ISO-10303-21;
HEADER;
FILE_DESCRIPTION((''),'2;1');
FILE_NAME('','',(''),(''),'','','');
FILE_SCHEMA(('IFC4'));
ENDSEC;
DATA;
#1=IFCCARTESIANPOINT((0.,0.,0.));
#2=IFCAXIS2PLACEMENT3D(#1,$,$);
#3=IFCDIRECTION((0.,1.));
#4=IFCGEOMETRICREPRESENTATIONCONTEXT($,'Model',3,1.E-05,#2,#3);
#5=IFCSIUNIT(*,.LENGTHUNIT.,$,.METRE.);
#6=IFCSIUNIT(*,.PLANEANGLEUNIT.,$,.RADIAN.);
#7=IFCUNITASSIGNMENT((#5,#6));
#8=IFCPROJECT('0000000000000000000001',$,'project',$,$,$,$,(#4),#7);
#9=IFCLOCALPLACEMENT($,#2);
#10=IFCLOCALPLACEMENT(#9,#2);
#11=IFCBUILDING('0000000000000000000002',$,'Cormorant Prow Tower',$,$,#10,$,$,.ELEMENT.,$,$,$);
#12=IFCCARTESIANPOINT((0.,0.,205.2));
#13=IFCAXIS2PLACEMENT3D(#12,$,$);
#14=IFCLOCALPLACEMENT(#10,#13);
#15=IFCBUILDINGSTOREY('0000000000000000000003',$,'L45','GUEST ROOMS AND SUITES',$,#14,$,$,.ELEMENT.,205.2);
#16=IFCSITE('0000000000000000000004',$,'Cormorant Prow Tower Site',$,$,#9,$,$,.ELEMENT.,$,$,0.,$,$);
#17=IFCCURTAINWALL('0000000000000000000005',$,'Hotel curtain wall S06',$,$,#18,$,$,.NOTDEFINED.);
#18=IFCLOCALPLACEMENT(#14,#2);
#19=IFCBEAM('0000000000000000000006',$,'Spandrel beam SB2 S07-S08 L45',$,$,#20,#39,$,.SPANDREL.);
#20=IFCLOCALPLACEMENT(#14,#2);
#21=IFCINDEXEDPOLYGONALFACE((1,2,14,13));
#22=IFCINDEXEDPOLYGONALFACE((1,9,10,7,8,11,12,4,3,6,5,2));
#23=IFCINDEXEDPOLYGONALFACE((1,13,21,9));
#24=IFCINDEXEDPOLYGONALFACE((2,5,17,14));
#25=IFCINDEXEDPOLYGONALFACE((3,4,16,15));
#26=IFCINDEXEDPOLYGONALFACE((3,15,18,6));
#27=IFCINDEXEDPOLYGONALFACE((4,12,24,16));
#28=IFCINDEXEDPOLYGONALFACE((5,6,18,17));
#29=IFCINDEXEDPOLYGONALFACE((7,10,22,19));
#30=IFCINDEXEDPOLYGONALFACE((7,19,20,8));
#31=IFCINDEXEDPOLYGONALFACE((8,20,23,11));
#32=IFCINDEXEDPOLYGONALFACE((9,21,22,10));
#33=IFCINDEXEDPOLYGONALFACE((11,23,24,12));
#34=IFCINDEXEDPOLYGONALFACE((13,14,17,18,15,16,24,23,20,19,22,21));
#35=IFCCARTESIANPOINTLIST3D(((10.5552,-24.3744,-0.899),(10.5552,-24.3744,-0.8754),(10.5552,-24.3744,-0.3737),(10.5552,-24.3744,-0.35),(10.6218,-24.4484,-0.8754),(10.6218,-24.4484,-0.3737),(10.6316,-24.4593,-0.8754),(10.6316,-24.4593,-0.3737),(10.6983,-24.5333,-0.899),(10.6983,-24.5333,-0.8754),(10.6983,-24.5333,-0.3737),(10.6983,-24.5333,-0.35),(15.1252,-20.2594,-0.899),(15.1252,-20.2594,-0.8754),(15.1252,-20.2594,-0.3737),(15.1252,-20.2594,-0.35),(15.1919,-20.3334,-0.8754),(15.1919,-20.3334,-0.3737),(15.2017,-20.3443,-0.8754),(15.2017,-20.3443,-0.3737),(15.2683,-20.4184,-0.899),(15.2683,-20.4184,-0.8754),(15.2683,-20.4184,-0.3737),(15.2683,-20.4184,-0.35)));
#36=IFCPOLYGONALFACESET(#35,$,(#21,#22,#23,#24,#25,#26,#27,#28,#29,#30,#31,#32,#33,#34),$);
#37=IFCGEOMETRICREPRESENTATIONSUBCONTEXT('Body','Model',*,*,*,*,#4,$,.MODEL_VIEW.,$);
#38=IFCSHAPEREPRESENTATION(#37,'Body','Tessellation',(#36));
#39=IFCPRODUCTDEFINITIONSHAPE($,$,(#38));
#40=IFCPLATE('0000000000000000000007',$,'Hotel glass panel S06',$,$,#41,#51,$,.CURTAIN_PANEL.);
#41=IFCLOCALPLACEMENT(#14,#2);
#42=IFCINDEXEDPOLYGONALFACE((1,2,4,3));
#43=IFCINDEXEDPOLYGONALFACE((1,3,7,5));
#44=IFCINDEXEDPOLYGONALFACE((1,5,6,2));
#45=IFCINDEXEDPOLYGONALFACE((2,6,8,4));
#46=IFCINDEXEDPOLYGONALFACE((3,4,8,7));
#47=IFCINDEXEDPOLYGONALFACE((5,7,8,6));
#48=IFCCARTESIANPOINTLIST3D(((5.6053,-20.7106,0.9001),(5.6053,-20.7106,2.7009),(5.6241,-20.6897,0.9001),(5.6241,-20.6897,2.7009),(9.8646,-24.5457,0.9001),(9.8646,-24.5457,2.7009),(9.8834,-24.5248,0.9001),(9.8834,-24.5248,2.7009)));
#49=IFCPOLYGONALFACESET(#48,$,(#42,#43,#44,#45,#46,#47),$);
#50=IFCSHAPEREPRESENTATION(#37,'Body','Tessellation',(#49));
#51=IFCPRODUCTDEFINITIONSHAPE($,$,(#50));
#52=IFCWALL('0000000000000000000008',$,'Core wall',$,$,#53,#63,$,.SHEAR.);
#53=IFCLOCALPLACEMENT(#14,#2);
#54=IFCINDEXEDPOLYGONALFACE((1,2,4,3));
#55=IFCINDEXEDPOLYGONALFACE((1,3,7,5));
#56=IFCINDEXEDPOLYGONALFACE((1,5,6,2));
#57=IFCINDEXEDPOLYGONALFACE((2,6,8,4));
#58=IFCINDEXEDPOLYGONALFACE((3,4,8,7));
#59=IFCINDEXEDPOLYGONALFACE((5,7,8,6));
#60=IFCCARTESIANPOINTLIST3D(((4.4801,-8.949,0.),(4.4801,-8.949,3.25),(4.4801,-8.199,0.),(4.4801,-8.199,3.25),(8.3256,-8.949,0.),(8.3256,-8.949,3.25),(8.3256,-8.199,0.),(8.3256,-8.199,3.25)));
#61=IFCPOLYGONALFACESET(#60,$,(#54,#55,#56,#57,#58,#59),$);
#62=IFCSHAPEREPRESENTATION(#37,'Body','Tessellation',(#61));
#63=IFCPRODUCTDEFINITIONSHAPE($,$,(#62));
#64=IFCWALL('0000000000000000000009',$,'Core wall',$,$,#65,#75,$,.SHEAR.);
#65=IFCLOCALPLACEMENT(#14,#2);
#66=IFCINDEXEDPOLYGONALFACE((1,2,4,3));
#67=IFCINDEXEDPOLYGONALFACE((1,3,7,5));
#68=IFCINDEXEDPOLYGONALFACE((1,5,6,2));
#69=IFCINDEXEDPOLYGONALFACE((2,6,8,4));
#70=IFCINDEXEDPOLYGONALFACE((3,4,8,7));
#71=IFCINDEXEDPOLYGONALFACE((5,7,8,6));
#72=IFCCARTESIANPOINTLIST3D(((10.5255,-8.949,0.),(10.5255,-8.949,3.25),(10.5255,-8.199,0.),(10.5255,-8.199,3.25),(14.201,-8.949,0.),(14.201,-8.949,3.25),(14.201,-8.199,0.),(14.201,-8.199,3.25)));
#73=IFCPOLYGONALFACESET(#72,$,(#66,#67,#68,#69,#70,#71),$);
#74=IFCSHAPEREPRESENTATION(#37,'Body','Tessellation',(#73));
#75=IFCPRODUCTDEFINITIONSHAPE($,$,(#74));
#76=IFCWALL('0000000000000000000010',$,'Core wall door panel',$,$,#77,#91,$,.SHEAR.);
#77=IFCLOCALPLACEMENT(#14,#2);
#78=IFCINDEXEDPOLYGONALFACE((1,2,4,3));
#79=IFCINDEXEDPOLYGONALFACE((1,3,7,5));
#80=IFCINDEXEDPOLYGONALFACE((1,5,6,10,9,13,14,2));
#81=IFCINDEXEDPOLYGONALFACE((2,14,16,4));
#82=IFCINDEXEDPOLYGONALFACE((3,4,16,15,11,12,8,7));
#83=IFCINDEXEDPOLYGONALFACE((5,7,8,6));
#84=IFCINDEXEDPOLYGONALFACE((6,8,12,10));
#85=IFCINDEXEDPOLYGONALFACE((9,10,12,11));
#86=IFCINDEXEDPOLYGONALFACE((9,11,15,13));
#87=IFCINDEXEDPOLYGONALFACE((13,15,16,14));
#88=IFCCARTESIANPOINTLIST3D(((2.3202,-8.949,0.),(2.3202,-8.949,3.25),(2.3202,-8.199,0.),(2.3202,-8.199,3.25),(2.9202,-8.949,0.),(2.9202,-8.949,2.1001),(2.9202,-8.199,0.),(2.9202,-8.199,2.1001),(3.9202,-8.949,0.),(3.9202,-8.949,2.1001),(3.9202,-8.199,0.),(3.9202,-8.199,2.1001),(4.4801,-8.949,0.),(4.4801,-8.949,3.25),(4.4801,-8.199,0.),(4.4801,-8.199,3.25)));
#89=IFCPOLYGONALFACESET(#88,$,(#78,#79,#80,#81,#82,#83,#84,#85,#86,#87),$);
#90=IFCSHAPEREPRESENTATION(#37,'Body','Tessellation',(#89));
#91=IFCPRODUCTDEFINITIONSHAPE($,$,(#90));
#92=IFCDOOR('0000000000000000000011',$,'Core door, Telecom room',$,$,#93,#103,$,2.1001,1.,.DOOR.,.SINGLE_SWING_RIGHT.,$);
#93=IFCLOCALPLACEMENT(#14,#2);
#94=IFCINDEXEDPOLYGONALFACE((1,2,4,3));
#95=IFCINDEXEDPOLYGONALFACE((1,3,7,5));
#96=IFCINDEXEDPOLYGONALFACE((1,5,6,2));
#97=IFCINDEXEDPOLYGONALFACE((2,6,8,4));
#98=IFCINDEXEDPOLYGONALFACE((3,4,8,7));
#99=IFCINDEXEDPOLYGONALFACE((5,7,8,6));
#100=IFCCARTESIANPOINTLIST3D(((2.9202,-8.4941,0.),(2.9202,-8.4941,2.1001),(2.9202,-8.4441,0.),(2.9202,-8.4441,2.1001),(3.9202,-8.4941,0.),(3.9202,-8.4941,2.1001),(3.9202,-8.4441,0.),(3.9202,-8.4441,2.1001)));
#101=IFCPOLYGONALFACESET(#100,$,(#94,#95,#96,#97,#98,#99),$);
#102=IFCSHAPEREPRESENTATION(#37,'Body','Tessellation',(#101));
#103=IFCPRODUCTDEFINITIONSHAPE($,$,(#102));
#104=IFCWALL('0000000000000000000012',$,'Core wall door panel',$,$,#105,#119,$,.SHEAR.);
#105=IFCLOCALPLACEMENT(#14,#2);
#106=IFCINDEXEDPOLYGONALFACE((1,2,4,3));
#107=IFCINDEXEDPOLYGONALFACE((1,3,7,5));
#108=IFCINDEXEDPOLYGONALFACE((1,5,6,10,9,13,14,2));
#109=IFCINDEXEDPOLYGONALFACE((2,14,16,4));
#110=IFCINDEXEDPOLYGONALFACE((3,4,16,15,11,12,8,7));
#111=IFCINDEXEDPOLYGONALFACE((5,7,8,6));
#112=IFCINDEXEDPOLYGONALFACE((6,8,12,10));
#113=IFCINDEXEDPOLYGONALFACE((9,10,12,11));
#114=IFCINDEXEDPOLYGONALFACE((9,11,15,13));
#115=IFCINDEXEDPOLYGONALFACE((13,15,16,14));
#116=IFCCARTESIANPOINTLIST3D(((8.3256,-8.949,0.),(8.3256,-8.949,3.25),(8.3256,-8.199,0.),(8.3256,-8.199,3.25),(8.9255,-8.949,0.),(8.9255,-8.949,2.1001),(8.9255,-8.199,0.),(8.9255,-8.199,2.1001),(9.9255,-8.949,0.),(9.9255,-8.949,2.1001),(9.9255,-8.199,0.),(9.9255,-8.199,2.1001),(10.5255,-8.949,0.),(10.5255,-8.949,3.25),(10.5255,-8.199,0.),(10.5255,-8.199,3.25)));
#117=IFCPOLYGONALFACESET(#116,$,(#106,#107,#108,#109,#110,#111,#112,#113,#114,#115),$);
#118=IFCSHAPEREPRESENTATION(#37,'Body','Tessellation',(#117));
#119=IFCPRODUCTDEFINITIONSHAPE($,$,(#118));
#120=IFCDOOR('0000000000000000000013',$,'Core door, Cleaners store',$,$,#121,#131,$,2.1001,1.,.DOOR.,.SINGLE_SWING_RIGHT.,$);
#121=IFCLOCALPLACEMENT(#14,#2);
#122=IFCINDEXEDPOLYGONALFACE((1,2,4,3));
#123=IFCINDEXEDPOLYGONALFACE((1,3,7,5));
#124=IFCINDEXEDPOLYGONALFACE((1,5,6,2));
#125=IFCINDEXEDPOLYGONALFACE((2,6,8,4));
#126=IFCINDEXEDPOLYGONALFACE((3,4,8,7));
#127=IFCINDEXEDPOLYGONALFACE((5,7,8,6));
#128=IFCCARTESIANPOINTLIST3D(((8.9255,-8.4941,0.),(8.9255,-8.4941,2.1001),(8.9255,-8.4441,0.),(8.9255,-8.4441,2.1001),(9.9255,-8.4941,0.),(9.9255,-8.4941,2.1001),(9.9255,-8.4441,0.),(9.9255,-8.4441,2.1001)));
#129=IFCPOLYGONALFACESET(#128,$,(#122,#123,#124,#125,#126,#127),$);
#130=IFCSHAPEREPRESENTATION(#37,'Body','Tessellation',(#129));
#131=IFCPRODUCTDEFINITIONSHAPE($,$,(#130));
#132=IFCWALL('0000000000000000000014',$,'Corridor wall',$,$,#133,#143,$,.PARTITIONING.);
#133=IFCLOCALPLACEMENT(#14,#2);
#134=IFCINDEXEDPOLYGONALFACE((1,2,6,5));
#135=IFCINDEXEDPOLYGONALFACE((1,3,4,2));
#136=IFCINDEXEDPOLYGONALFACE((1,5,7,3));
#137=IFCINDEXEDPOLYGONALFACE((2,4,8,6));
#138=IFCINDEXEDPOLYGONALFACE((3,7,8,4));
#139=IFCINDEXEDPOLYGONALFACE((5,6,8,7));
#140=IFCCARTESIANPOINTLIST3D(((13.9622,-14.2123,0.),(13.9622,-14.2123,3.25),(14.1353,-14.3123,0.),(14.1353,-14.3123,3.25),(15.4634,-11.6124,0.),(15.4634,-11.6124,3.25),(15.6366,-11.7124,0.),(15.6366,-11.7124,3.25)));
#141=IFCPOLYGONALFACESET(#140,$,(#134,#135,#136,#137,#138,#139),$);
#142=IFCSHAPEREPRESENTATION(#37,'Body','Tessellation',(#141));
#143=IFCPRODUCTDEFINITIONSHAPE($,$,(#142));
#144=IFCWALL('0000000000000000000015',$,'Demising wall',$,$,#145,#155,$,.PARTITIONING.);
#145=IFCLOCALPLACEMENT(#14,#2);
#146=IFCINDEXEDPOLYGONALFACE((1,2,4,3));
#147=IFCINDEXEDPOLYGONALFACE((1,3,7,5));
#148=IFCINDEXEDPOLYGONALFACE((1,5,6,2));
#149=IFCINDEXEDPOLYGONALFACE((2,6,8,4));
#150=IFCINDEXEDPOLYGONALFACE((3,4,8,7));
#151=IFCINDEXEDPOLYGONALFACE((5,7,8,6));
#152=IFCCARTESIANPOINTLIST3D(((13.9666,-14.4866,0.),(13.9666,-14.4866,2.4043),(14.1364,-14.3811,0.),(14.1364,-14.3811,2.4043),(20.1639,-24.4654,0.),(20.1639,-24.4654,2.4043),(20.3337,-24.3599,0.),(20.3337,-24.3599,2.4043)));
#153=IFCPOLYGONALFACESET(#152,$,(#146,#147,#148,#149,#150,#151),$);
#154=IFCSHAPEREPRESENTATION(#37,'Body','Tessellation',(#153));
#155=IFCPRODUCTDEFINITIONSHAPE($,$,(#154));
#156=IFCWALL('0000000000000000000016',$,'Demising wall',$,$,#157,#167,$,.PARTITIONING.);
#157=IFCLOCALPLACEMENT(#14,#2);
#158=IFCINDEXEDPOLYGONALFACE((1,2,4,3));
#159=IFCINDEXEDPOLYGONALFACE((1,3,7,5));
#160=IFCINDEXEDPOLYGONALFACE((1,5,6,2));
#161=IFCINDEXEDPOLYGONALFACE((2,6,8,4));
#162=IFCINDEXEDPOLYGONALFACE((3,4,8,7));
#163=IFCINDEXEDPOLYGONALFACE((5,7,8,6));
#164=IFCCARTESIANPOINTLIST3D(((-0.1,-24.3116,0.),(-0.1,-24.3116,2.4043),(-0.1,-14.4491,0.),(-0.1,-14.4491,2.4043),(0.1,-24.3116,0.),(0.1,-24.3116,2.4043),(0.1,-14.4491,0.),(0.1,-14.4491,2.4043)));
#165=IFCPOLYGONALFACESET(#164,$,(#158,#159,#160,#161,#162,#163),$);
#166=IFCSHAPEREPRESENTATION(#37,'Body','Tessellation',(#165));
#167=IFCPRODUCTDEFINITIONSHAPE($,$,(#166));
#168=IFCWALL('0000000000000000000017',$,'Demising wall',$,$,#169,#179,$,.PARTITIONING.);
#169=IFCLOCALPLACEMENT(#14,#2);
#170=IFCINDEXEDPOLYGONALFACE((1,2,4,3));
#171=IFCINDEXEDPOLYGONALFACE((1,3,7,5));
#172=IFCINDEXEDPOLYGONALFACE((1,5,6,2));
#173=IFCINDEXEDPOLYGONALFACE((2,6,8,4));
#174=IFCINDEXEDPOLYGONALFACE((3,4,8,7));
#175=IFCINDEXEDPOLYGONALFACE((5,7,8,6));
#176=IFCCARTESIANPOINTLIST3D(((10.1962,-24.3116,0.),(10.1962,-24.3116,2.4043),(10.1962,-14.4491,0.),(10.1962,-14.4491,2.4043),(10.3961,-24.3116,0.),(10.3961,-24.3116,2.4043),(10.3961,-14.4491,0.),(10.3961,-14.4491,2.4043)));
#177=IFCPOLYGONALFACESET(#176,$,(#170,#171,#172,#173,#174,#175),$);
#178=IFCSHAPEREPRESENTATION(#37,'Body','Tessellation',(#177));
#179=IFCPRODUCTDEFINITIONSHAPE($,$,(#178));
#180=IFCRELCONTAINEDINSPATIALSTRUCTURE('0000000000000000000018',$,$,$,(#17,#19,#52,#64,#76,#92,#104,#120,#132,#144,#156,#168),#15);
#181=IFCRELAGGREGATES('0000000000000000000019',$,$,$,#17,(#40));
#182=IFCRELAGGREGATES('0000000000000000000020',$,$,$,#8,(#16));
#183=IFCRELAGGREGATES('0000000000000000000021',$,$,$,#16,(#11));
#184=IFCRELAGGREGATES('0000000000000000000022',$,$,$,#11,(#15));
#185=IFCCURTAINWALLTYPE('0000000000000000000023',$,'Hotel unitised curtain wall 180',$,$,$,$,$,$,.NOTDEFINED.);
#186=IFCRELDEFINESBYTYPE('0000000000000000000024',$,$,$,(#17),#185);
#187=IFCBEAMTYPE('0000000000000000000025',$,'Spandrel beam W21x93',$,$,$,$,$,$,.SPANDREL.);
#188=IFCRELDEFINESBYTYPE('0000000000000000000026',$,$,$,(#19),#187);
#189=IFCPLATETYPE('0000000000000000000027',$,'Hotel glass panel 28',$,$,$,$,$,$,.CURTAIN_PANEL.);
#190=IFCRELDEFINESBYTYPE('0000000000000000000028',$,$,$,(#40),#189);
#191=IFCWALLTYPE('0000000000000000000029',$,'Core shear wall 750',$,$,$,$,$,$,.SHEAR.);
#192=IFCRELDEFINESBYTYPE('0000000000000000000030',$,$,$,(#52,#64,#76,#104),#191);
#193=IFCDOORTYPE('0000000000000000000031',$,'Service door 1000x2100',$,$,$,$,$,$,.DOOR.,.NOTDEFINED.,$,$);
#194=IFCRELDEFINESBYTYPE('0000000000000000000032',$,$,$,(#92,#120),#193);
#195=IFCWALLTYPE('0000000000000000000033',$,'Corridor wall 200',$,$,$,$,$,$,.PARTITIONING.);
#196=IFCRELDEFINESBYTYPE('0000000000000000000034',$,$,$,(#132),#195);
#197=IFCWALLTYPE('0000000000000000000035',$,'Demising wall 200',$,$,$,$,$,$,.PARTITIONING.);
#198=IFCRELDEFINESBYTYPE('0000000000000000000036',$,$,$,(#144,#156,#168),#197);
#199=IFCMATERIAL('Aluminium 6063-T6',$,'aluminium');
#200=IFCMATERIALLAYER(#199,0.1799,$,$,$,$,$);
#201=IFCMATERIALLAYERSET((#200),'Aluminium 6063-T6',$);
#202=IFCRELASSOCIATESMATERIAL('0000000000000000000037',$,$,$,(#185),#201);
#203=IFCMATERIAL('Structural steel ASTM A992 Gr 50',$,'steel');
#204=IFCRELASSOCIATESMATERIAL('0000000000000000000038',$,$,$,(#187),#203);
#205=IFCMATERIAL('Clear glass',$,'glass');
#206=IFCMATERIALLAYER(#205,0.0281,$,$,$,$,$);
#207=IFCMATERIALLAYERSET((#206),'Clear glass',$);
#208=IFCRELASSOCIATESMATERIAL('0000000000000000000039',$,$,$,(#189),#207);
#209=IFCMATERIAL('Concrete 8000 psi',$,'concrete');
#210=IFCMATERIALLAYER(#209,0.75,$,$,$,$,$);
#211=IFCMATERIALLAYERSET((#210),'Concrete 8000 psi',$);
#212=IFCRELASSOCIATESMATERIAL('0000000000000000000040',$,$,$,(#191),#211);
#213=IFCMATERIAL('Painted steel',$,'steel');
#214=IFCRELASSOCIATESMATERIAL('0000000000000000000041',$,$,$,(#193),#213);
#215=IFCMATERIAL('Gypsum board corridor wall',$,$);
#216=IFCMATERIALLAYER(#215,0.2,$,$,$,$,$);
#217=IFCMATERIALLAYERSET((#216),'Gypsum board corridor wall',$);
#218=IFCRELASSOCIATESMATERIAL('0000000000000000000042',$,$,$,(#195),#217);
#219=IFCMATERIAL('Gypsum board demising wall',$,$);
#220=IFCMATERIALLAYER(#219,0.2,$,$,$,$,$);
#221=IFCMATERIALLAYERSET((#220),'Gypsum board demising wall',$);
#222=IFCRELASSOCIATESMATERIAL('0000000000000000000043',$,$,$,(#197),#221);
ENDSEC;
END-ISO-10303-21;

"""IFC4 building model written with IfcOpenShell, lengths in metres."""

from ifc_helpers import new_model, si_unit, direction, frame, frame_2d, origin, origin_2d, place, context, subcontext, project, spatial, rectangle, i_section, extrude, material, layer, layer_set, material_profile, profile_set, type_object, element, fill, aggregate, save


model = new_model("IFC4")

# Units and contexts
model_context = context("Model", 3, precision=1e-05, world=origin(), true_north=direction((0.0, 1.0)))
body_context = subcontext(model_context, "Body", "Model", "MODEL_VIEW")
ifc_project = project(units=[si_unit("LENGTHUNIT", "METRE"), si_unit("PLANEANGLEUNIT", "RADIAN")], contexts=[model_context])

# Site, building, storey
site_placement = place(None, origin())
site = spatial("IfcSite", under=ifc_project, at=site_placement, Name="Cormorant Prow Tower Site", CompositionType="ELEMENT", RefElevation=0.0)
building_placement = place(site_placement, origin())
building = spatial("IfcBuilding", under=site, at=building_placement, Name="Cormorant Prow Tower", CompositionType="ELEMENT")
storey_placement = place(building_placement, frame((0.0, 0.0, 205.2)))
storey = spatial("IfcBuildingStorey", under=building, at=storey_placement, Name="L45", Description="GUEST ROOMS AND SUITES", CompositionType="ELEMENT", Elevation=205.2)

# Curtain wall
ifc_material_1 = material(Name="Aluminium 6063-T6", Category="aluminium")
ifc_layer_1 = layer(ifc_material_1, 0.1799)
ifc_layer_set_1 = layer_set([ifc_layer_1], Name="Aluminium 6063-T6")
curtain_wall_type = type_object("IfcCurtainWallType", Name="Hotel unitised curtain wall 180", PredefinedType="NOTDEFINED", material=ifc_layer_set_1)
curtain_wall_placement = place(storey_placement, origin())
curtain_wall = element("IfcCurtainWall", 1, at=curtain_wall_placement, inside=storey, type_object=curtain_wall_type, Name="Hotel curtain wall S06", PredefinedType="NOTDEFINED")

# Beam
ifc_material_2 = material(Name="Structural steel ASTM A992 Gr 50", Category="steel")
ifc_material_profile_1 = material_profile(ifc_material_2, i_section(OverallWidth=0.2139, OverallDepth=0.5491, WebThickness=0.0146, FlangeThickness=0.0237, at=origin_2d()), Name="W21x93")
ifc_profile_set_1 = profile_set([ifc_material_profile_1], Name="Structural steel ASTM A992 Gr 50")
beam_type_1 = type_object("IfcBeamType", Name="Spandrel beam W21x93", PredefinedType="SPANDREL", material=ifc_profile_set_1)
beam_1_placement = place(storey_placement, frame((10.6267, -24.4539, -0.6245), z_axis=(0.743138, 0.669138, 0.0), x_axis=(-0.669138, 0.743138, 0.0)))
element("IfcBeam", 2, at=beam_1_placement, inside=storey, type_object=beam_type_1, Name="Spandrel beam SB2 S07-S08 L45", PredefinedType="SPANDREL", context=body_context, shape_type="SweptSolid", body=[
    extrude(i_section(OverallWidth=0.2139, OverallDepth=0.5491, WebThickness=0.0146, FlangeThickness=0.0237, at=origin_2d()), origin(), (0.0, 0.0, 1.0), 6.1497),
])

# Plate
ifc_material_3 = material(Name="Clear glass", Category="glass")
ifc_layer_2 = layer(ifc_material_3, 0.0281)
ifc_layer_set_2 = layer_set([ifc_layer_2], Name="Clear glass")
plate_type = type_object("IfcPlateType", Name="Hotel glass panel 28", PredefinedType="CURTAIN_PANEL", material=ifc_layer_set_2)
plate_placement = place(storey_placement, frame((7.7444, -22.6177, 0.9001), z_axis=(0.0, 0.0, 1.0), x_axis=(0.743145, -0.669131, 0.0)))
plate = element("IfcPlate", 3, at=plate_placement, type_object=plate_type, Name="Hotel glass panel S06", PredefinedType="CURTAIN_PANEL", context=body_context, shape_type="SweptSolid", body=[
    extrude(rectangle(XDim=5.7314, YDim=0.0281, at=origin_2d()), origin(), (0.0, 0.0, 1.0), 1.8008),
])
aggregate(curtain_wall, [plate])

# Walls
ifc_material_4 = material(Name="Concrete 8000 psi", Category="concrete")
ifc_layer_3 = layer(ifc_material_4, 0.75)
ifc_layer_set_3 = layer_set([ifc_layer_3], Name="Concrete 8000 psi")
wall_type_1 = type_object("IfcWallType", Name="Core shear wall 750", PredefinedType="SHEAR", material=ifc_layer_set_3)
wall_1_placement = place(storey_placement, frame((4.48, -8.574, 0.0), z_axis=(0.0, 0.0, 1.0), x_axis=(1.0, 0.0, 0.0)))
element("IfcWall", 4, at=wall_1_placement, inside=storey, type_object=wall_type_1, Name="Core wall", PredefinedType="SHEAR", context=body_context, shape_type="SweptSolid", body=[
    extrude(rectangle(XDim=3.8455, YDim=0.75, at=frame_2d((1.9229, 0.0))), origin(), (0.0, 0.0, 1.0), 3.25),
])
wall_2_placement = place(storey_placement, frame((10.5254, -8.574, 0.0), z_axis=(0.0, 0.0, 1.0), x_axis=(1.0, 0.0, 0.0)))
element("IfcWall", 5, at=wall_2_placement, inside=storey, type_object=wall_type_1, Name="Core wall", PredefinedType="SHEAR", context=body_context, shape_type="SweptSolid", body=[
    extrude(rectangle(XDim=3.6755, YDim=0.75, at=frame_2d((1.8379, 0.0))), origin(), (0.0, 0.0, 1.0), 3.25),
])

# Walls, openings, doors
wall_3_placement = place(storey_placement, frame((2.3201, -8.574, 0.0), z_axis=(0.0, 0.0, 1.0), x_axis=(1.0, 0.0, 0.0)))
wall_3 = element("IfcWall", 6, at=wall_3_placement, inside=storey, type_object=wall_type_1, Name="Core wall door panel", PredefinedType="SHEAR", context=body_context, shape_type="SweptSolid", body=[
    extrude(rectangle(XDim=2.1599, YDim=0.75, at=frame_2d((1.0801, 0.0))), origin(), (0.0, 0.0, 1.0), 3.25),
])
opening_1_placement = place(wall_3_placement, frame((0.6001, 0.0, 0.0)))
opening_1 = element("IfcOpeningElement", 7, at=opening_1_placement, cuts=wall_3, PredefinedType="OPENING", context=body_context, shape_type="SweptSolid", body=[
    extrude(rectangle(XDim=1.0, YDim=2.1001, at=frame_2d((0.5, 1.05))), frame((0.0, 0.385, 0.0), z_axis=(0.0, -1.0, 0.0), x_axis=(1.0, 0.0, 0.0)), (0.0, 0.0, 1.0), 0.77),
])
ifc_material_5 = material(Name="Painted steel", Category="steel")
door_type_1 = type_object("IfcDoorType", Name="Service door 1000x2100", OperationType="NOTDEFINED", PredefinedType="DOOR", material=ifc_material_5)
door_1_placement = place(opening_1_placement, origin())
door_1 = element("IfcDoor", 8, at=door_1_placement, inside=storey, type_object=door_type_1, Name="Core door, Telecom room", OperationType="SINGLE_SWING_RIGHT", OverallHeight=2.1001, OverallWidth=1.0, PredefinedType="DOOR", context=body_context, shape_type="SweptSolid", body=[
    extrude(rectangle(XDim=1.0, YDim=2.1001, at=frame_2d((0.5, 1.05))), frame((0.0, 0.1299, 0.0), z_axis=(0.0, -1.0, 0.0), x_axis=(1.0, 0.0, 0.0)), (0.0, 0.0, 1.0), 0.05),
])
fill(opening_1, door_1)
wall_4_placement = place(storey_placement, frame((8.3254, -8.574, 0.0), z_axis=(0.0, 0.0, 1.0), x_axis=(1.0, 0.0, 0.0)))
wall_4 = element("IfcWall", 9, at=wall_4_placement, inside=storey, type_object=wall_type_1, Name="Core wall door panel", PredefinedType="SHEAR", context=body_context, shape_type="SweptSolid", body=[
    extrude(rectangle(XDim=2.2, YDim=0.75, at=frame_2d((1.1001, 0.0))), origin(), (0.0, 0.0, 1.0), 3.25),
])
opening_2_placement = place(wall_4_placement, frame((0.6001, 0.0, 0.0)))
opening_2 = element("IfcOpeningElement", 10, at=opening_2_placement, cuts=wall_4, PredefinedType="OPENING", context=body_context, shape_type="SweptSolid", body=[
    extrude(rectangle(XDim=1.0, YDim=2.1001, at=frame_2d((0.5, 1.05))), frame((0.0, 0.385, 0.0), z_axis=(0.0, -1.0, 0.0), x_axis=(1.0, 0.0, 0.0)), (0.0, 0.0, 1.0), 0.77),
])
door_2_placement = place(opening_2_placement, origin())
door_2 = element("IfcDoor", 11, at=door_2_placement, inside=storey, type_object=door_type_1, Name="Core door, Cleaners store", OperationType="SINGLE_SWING_RIGHT", OverallHeight=2.1001, OverallWidth=1.0, PredefinedType="DOOR", context=body_context, shape_type="SweptSolid", body=[
    extrude(rectangle(XDim=1.0, YDim=2.1001, at=frame_2d((0.5, 1.05))), frame((0.0, 0.1299, 0.0), z_axis=(0.0, -1.0, 0.0), x_axis=(1.0, 0.0, 0.0)), (0.0, 0.0, 1.0), 0.05),
])
fill(opening_2, door_2)

# Walls
ifc_material_6 = material(Name="Gypsum board corridor wall")
ifc_layer_4 = layer(ifc_material_6, 0.2)
ifc_layer_set_4 = layer_set([ifc_layer_4], Name="Gypsum board corridor wall")
wall_type_2 = type_object("IfcWallType", Name="Corridor wall 200", PredefinedType="PARTITIONING", material=ifc_layer_set_4)
wall_5_placement = place(storey_placement, frame((14.0488, -14.2622, 0.0), z_axis=(0.0, 0.0, 1.0), x_axis=(0.500049, 0.865997, 0.0)))
element("IfcWall", 12, at=wall_5_placement, inside=storey, type_object=wall_type_2, Name="Corridor wall", PredefinedType="PARTITIONING", context=body_context, shape_type="SweptSolid", body=[
    extrude(rectangle(XDim=3.0022, YDim=0.2, at=frame_2d((1.501, 0.0))), origin(), (0.0, 0.0, 1.0), 3.25),
])
ifc_material_7 = material(Name="Gypsum board demising wall")
ifc_layer_5 = layer(ifc_material_7, 0.2)
ifc_layer_set_5 = layer_set([ifc_layer_5], Name="Gypsum board demising wall")
wall_type_3 = type_object("IfcWallType", Name="Demising wall 200", PredefinedType="PARTITIONING", material=ifc_layer_set_5)
wall_6_placement = place(storey_placement, frame((14.0515, -14.4338, 0.0), z_axis=(0.0, 0.0, 1.0), x_axis=(0.527581, -0.849505, 0.0)))
element("IfcWall", 13, at=wall_6_placement, inside=storey, type_object=wall_type_3, Name="Demising wall", PredefinedType="PARTITIONING", context=body_context, shape_type="SweptSolid", body=[
    extrude(rectangle(XDim=11.7466, YDim=0.2, at=frame_2d((5.8733, 0.0))), origin(), (0.0, 0.0, 1.0), 2.4043),
])
for number, where, z_axis, x_axis, name in (
    (14, (0.0, -24.3115, 0.0), (0.0, 0.0, 1.0), (0.0, 1.0, 0.0), "Demising wall"),
    (15, (10.2961, -24.3115, 0.0), (0.0, 0.0, 1.0), (0.0, 1.0, 0.0), "Demising wall"),
):
    element("IfcWall", number, at=place(storey_placement, frame(where, z_axis=z_axis, x_axis=x_axis)), inside=storey, type_object=wall_type_3, Name=name, PredefinedType="PARTITIONING", context=body_context, shape_type="SweptSolid", body=[
        extrude(rectangle(XDim=9.8625, YDim=0.2, at=frame_2d((4.9312, 0.0))), origin(), (0.0, 0.0, 1.0), 2.4043),
    ])

save(model, "model.ifc")
